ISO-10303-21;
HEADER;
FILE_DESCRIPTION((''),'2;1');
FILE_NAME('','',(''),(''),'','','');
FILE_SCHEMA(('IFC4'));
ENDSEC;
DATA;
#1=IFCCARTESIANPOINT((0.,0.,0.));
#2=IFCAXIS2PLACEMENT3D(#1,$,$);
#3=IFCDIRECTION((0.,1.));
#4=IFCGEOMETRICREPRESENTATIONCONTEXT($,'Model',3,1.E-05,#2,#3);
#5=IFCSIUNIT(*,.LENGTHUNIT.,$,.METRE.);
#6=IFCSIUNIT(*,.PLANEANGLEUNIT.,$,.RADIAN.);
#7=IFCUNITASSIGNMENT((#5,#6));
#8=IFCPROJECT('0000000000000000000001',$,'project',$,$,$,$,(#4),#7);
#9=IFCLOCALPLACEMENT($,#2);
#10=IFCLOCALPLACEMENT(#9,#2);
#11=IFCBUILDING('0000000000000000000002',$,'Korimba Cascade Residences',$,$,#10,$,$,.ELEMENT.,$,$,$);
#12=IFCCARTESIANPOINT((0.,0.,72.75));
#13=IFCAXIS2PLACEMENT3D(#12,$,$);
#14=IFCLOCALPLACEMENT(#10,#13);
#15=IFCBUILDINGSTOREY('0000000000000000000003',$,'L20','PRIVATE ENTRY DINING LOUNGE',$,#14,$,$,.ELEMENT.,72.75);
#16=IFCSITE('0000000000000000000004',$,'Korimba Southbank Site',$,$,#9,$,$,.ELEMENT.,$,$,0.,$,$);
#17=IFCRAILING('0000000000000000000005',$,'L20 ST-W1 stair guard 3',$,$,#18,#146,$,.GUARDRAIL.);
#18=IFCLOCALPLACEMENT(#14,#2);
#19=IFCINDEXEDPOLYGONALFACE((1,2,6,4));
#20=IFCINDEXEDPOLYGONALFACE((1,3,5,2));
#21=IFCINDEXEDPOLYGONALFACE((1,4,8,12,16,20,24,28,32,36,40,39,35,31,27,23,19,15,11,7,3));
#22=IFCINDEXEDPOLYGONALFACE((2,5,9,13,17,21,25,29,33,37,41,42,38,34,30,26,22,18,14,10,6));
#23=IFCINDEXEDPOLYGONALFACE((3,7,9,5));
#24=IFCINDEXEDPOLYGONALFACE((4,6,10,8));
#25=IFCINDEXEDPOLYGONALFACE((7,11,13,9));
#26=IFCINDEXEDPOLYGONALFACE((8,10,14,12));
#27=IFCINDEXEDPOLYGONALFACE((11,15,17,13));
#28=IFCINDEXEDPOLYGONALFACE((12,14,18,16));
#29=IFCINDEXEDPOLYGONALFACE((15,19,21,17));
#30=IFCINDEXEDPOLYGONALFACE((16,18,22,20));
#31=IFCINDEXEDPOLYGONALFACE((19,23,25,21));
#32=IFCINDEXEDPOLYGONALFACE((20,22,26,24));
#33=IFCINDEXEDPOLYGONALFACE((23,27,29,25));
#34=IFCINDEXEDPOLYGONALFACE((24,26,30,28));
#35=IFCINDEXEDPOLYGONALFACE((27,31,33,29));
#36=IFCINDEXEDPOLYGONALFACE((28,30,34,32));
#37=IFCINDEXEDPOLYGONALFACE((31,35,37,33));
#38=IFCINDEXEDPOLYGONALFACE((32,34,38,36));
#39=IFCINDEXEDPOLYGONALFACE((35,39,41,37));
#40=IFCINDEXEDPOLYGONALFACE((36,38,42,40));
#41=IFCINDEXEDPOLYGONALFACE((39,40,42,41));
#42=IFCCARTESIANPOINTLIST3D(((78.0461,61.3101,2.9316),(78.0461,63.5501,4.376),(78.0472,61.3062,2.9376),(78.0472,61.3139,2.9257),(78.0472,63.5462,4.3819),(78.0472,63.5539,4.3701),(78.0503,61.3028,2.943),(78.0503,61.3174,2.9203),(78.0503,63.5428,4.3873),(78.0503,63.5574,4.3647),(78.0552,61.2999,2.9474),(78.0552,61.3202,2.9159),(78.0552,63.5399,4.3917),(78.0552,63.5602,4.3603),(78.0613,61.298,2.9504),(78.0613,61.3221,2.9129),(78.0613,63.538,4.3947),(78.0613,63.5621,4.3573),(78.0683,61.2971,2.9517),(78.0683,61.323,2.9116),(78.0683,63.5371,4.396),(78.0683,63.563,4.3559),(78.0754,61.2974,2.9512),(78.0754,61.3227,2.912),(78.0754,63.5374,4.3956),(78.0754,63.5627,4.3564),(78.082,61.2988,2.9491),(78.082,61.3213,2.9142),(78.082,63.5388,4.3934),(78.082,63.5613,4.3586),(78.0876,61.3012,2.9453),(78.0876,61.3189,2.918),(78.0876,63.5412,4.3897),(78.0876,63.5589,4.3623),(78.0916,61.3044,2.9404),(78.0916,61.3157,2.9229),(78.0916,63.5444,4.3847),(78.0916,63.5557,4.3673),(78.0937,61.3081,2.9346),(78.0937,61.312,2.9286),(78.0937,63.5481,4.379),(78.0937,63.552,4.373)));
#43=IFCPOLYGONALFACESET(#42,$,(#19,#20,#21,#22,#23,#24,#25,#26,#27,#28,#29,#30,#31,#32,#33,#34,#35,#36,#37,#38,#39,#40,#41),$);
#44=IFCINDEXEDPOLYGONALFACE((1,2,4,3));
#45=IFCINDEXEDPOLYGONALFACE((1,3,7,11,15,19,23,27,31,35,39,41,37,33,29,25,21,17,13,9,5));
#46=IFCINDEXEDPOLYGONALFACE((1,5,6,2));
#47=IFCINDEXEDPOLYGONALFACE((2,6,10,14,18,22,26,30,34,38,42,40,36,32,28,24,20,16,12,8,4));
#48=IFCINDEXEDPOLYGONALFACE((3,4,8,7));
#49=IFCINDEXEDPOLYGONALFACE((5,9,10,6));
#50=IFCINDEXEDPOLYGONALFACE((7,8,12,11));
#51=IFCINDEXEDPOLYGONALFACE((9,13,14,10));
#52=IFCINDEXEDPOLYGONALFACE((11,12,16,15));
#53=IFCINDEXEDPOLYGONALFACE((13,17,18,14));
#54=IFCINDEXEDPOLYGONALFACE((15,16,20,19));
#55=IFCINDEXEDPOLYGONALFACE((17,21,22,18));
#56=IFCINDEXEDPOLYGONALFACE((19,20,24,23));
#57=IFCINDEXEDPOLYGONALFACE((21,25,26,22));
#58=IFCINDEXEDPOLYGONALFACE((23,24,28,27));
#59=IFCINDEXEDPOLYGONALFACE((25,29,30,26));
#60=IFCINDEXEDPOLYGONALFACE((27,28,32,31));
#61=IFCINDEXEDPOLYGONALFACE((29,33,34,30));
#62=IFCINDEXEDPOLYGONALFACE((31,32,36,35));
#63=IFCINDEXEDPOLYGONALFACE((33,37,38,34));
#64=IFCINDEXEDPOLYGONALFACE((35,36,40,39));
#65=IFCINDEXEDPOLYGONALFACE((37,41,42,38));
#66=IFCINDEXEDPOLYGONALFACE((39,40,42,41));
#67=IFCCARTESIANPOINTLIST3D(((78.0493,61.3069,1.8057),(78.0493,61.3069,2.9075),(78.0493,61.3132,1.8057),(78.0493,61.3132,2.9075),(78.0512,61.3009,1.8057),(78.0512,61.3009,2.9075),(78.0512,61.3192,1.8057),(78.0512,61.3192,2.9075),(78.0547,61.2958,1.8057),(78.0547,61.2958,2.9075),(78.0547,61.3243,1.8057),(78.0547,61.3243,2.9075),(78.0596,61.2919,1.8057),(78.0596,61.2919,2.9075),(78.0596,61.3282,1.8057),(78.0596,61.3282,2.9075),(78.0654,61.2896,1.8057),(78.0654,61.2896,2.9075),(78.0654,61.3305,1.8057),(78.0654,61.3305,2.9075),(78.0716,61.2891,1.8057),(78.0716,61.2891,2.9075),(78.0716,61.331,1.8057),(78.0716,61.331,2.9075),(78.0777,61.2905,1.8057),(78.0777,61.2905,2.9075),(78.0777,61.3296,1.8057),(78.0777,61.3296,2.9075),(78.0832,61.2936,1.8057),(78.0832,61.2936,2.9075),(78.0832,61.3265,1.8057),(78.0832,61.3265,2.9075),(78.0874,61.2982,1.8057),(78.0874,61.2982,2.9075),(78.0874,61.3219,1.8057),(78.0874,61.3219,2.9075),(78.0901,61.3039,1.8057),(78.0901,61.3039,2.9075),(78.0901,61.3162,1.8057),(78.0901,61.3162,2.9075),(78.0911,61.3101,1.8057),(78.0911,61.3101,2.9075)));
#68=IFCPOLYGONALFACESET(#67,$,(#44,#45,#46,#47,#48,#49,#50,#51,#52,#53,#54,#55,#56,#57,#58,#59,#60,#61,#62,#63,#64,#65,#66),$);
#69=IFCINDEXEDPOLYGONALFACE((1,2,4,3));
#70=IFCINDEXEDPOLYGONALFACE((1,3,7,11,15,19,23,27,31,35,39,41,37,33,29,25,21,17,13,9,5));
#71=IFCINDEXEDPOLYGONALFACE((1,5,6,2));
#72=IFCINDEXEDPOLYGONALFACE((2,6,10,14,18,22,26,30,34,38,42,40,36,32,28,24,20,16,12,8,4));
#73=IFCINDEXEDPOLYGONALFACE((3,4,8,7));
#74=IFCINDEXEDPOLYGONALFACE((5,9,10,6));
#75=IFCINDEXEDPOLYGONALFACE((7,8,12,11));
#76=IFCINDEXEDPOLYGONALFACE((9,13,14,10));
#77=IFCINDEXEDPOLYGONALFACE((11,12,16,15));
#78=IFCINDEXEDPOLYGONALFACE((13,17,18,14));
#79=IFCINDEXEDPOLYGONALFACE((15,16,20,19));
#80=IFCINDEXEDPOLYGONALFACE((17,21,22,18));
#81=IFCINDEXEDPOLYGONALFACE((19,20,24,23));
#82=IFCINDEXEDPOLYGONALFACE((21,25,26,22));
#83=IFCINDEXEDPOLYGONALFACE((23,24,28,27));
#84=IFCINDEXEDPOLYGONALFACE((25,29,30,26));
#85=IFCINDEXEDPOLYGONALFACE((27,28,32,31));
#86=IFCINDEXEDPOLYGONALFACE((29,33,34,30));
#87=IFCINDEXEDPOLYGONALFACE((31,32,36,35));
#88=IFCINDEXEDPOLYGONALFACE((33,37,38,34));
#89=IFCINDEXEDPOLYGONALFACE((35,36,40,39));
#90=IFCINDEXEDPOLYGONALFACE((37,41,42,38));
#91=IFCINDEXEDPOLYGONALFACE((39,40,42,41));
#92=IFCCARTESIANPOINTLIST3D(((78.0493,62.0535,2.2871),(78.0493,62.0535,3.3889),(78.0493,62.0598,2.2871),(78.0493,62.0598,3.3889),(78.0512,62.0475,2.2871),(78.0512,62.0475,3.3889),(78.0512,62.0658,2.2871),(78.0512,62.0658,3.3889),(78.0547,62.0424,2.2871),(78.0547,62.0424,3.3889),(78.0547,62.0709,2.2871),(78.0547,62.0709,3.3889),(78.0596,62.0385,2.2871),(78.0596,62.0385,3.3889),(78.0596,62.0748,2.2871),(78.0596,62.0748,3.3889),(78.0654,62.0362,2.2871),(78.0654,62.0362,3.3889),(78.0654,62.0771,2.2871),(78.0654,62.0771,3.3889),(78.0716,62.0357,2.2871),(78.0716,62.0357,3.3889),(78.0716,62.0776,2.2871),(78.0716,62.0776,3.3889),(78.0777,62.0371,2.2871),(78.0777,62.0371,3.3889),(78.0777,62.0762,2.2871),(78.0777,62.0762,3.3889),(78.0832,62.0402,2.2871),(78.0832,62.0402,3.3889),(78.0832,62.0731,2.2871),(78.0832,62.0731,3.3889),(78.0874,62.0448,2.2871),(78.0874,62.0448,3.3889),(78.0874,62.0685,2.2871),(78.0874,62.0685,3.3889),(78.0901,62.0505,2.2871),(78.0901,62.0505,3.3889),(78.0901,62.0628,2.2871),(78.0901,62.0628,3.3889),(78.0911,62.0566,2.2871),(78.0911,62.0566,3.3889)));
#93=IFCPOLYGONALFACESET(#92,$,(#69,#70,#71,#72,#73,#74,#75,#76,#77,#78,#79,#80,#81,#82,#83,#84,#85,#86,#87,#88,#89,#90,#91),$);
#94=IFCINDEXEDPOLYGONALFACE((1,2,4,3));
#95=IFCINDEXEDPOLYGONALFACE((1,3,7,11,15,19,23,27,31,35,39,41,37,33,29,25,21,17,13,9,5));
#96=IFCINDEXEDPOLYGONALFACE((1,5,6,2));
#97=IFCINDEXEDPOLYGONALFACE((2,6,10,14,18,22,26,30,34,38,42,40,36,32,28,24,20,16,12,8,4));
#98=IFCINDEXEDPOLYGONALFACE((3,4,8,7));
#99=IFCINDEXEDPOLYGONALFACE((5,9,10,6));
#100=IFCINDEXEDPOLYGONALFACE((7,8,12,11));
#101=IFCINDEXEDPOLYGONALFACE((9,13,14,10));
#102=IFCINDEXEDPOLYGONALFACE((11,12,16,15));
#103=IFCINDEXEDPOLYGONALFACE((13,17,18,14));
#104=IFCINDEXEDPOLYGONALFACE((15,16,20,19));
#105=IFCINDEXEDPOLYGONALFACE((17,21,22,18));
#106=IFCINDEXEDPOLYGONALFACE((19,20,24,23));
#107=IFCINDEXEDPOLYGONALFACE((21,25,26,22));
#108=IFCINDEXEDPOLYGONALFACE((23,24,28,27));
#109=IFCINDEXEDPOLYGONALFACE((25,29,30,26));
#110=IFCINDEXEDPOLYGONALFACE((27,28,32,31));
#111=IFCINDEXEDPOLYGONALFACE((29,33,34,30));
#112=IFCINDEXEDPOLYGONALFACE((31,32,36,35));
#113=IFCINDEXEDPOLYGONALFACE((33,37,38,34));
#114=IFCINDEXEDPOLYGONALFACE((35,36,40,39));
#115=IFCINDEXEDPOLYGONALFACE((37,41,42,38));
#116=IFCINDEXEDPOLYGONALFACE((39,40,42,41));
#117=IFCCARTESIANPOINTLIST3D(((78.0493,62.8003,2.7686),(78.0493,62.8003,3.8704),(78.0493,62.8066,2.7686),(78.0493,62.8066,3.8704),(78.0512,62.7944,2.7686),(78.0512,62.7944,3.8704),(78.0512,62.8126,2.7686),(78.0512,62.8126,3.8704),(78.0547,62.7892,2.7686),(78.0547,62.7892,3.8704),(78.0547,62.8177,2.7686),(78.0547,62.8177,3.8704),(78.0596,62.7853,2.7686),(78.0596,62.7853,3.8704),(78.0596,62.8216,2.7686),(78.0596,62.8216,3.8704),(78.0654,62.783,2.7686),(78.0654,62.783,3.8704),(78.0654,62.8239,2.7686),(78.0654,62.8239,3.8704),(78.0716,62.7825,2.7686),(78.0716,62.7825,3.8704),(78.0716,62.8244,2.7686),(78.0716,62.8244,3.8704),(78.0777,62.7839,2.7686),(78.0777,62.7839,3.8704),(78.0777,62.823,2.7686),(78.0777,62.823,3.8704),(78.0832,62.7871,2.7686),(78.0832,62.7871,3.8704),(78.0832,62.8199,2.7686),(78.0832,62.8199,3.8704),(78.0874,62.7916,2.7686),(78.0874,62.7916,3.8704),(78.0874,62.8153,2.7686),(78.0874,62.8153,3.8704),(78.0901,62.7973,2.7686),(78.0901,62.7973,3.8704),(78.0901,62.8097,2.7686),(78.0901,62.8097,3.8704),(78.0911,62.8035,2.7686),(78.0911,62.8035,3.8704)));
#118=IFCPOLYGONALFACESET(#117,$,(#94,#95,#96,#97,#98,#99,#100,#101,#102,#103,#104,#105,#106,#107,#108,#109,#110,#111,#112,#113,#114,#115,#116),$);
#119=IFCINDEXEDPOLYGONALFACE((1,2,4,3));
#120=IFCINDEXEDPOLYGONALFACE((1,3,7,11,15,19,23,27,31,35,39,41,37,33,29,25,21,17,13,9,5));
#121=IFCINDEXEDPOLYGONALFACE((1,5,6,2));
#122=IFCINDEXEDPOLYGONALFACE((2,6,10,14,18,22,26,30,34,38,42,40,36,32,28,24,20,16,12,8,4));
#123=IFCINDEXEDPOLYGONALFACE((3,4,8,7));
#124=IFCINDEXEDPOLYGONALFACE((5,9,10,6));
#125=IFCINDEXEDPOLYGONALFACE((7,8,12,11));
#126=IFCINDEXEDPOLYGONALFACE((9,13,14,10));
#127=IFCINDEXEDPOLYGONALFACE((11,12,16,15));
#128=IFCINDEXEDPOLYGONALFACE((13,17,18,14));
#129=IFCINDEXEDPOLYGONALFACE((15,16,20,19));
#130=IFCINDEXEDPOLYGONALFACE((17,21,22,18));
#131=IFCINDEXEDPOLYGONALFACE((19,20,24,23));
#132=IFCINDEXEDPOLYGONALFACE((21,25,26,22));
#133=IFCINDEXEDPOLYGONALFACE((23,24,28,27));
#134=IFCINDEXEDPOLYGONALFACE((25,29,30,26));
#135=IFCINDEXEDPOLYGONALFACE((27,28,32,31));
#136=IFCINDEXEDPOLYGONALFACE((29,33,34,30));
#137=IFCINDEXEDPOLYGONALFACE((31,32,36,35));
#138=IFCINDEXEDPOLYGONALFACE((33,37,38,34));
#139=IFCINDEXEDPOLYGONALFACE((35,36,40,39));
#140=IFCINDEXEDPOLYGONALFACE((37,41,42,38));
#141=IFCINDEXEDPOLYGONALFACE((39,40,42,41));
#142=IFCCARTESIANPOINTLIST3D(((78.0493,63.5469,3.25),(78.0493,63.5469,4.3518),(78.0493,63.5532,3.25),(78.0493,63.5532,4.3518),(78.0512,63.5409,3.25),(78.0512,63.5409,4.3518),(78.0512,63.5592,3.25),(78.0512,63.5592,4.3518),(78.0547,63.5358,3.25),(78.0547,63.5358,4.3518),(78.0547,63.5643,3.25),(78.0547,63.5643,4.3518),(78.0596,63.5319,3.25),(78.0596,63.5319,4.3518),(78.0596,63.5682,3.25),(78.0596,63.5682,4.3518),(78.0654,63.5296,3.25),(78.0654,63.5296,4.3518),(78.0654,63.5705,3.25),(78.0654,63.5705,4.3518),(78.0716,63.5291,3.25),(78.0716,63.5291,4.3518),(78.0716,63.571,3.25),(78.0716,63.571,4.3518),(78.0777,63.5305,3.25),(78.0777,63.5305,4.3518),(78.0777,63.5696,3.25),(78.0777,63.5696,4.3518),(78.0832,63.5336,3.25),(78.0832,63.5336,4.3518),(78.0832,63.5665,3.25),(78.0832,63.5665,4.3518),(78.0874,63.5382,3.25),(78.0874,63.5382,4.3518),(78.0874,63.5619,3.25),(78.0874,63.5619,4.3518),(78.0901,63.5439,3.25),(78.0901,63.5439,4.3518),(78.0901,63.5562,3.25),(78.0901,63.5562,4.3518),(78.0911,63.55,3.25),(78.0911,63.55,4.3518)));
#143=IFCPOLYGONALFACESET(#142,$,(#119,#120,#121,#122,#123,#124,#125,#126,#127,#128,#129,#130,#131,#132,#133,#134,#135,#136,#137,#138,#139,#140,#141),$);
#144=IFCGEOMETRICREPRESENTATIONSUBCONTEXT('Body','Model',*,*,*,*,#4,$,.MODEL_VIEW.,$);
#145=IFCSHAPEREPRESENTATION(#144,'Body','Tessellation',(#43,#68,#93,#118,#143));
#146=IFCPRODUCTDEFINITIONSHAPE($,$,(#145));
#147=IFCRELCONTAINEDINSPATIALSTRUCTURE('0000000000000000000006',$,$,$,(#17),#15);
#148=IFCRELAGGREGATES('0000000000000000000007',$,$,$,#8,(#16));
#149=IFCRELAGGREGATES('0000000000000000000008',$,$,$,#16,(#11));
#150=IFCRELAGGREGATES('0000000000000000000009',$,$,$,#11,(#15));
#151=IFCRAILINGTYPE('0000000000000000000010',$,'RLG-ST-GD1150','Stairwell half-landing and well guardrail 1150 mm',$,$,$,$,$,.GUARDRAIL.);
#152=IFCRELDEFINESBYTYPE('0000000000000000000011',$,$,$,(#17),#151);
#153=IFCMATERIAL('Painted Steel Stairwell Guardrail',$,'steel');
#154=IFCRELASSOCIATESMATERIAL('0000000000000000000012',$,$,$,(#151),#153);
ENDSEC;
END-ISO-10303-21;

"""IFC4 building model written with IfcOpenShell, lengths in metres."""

from ifc_helpers import new_model, si_unit, direction, frame, origin, origin_2d, place, context, subcontext, project, spatial, circle, extrude, material, type_object, element, save


model = new_model("IFC4")

# Units and contexts
model_context = context("Model", 3, precision=1e-05, world=origin(), true_north=direction((0.0, 1.0)))
body_context = subcontext(model_context, "Body", "Model", "MODEL_VIEW")
ifc_project = project(units=[si_unit("LENGTHUNIT", "METRE"), si_unit("PLANEANGLEUNIT", "RADIAN")], contexts=[model_context])

# Site, building, storey
site_placement = place(None, origin())
site = spatial("IfcSite", under=ifc_project, at=site_placement, Name="Korimba Southbank Site", CompositionType="ELEMENT", RefElevation=0.0)
building_placement = place(site_placement, origin())
building = spatial("IfcBuilding", under=site, at=building_placement, Name="Korimba Cascade Residences", CompositionType="ELEMENT")
storey_placement = place(building_placement, frame((0.0, 0.0, 72.75)))
storey = spatial("IfcBuildingStorey", under=building, at=storey_placement, Name="L20", Description="PRIVATE ENTRY DINING LOUNGE", CompositionType="ELEMENT", Elevation=72.75)

# Railing
ifc_material_1 = material(Name="Painted Steel Stairwell Guardrail", Category="steel")
railing_type_1 = type_object("IfcRailingType", Name="RLG-ST-GD1150", Description="Stairwell half-landing and well guardrail 1150 mm", PredefinedType="GUARDRAIL", material=ifc_material_1)
railing_1_placement = place(storey_placement, frame((78.0701, 61.3101, 1.8057)))
element("IfcRailing", 1, at=railing_1_placement, inside=storey, type_object=railing_type_1, Name="L20 ST-W1 stair guard 3", PredefinedType="GUARDRAIL", context=body_context, shape_type="SweptSolid", body=[
    extrude(circle(Radius=0.0239, at=origin_2d()), frame((0.0, 0.0, 1.126), z_axis=(0.0, 0.840437, 0.54191), x_axis=(-1.0, 0.0, 0.0)), (0.0, 0.0, 1.0), 2.6653),
    extrude(circle(Radius=0.021, at=origin_2d()), origin(), (0.0, 0.0, 1.0), 1.1018),
    extrude(circle(Radius=0.021, at=origin_2d()), frame((0.0, 0.7466, 0.4814)), (0.0, 0.0, 1.0), 1.1018),
    extrude(circle(Radius=0.021, at=origin_2d()), frame((0.0, 1.4934, 0.9629)), (0.0, 0.0, 1.0), 1.1018),
    extrude(circle(Radius=0.021, at=origin_2d()), frame((0.0, 2.24, 1.4443)), (0.0, 0.0, 1.0), 1.1018),
])

save(model, "model.ifc")
